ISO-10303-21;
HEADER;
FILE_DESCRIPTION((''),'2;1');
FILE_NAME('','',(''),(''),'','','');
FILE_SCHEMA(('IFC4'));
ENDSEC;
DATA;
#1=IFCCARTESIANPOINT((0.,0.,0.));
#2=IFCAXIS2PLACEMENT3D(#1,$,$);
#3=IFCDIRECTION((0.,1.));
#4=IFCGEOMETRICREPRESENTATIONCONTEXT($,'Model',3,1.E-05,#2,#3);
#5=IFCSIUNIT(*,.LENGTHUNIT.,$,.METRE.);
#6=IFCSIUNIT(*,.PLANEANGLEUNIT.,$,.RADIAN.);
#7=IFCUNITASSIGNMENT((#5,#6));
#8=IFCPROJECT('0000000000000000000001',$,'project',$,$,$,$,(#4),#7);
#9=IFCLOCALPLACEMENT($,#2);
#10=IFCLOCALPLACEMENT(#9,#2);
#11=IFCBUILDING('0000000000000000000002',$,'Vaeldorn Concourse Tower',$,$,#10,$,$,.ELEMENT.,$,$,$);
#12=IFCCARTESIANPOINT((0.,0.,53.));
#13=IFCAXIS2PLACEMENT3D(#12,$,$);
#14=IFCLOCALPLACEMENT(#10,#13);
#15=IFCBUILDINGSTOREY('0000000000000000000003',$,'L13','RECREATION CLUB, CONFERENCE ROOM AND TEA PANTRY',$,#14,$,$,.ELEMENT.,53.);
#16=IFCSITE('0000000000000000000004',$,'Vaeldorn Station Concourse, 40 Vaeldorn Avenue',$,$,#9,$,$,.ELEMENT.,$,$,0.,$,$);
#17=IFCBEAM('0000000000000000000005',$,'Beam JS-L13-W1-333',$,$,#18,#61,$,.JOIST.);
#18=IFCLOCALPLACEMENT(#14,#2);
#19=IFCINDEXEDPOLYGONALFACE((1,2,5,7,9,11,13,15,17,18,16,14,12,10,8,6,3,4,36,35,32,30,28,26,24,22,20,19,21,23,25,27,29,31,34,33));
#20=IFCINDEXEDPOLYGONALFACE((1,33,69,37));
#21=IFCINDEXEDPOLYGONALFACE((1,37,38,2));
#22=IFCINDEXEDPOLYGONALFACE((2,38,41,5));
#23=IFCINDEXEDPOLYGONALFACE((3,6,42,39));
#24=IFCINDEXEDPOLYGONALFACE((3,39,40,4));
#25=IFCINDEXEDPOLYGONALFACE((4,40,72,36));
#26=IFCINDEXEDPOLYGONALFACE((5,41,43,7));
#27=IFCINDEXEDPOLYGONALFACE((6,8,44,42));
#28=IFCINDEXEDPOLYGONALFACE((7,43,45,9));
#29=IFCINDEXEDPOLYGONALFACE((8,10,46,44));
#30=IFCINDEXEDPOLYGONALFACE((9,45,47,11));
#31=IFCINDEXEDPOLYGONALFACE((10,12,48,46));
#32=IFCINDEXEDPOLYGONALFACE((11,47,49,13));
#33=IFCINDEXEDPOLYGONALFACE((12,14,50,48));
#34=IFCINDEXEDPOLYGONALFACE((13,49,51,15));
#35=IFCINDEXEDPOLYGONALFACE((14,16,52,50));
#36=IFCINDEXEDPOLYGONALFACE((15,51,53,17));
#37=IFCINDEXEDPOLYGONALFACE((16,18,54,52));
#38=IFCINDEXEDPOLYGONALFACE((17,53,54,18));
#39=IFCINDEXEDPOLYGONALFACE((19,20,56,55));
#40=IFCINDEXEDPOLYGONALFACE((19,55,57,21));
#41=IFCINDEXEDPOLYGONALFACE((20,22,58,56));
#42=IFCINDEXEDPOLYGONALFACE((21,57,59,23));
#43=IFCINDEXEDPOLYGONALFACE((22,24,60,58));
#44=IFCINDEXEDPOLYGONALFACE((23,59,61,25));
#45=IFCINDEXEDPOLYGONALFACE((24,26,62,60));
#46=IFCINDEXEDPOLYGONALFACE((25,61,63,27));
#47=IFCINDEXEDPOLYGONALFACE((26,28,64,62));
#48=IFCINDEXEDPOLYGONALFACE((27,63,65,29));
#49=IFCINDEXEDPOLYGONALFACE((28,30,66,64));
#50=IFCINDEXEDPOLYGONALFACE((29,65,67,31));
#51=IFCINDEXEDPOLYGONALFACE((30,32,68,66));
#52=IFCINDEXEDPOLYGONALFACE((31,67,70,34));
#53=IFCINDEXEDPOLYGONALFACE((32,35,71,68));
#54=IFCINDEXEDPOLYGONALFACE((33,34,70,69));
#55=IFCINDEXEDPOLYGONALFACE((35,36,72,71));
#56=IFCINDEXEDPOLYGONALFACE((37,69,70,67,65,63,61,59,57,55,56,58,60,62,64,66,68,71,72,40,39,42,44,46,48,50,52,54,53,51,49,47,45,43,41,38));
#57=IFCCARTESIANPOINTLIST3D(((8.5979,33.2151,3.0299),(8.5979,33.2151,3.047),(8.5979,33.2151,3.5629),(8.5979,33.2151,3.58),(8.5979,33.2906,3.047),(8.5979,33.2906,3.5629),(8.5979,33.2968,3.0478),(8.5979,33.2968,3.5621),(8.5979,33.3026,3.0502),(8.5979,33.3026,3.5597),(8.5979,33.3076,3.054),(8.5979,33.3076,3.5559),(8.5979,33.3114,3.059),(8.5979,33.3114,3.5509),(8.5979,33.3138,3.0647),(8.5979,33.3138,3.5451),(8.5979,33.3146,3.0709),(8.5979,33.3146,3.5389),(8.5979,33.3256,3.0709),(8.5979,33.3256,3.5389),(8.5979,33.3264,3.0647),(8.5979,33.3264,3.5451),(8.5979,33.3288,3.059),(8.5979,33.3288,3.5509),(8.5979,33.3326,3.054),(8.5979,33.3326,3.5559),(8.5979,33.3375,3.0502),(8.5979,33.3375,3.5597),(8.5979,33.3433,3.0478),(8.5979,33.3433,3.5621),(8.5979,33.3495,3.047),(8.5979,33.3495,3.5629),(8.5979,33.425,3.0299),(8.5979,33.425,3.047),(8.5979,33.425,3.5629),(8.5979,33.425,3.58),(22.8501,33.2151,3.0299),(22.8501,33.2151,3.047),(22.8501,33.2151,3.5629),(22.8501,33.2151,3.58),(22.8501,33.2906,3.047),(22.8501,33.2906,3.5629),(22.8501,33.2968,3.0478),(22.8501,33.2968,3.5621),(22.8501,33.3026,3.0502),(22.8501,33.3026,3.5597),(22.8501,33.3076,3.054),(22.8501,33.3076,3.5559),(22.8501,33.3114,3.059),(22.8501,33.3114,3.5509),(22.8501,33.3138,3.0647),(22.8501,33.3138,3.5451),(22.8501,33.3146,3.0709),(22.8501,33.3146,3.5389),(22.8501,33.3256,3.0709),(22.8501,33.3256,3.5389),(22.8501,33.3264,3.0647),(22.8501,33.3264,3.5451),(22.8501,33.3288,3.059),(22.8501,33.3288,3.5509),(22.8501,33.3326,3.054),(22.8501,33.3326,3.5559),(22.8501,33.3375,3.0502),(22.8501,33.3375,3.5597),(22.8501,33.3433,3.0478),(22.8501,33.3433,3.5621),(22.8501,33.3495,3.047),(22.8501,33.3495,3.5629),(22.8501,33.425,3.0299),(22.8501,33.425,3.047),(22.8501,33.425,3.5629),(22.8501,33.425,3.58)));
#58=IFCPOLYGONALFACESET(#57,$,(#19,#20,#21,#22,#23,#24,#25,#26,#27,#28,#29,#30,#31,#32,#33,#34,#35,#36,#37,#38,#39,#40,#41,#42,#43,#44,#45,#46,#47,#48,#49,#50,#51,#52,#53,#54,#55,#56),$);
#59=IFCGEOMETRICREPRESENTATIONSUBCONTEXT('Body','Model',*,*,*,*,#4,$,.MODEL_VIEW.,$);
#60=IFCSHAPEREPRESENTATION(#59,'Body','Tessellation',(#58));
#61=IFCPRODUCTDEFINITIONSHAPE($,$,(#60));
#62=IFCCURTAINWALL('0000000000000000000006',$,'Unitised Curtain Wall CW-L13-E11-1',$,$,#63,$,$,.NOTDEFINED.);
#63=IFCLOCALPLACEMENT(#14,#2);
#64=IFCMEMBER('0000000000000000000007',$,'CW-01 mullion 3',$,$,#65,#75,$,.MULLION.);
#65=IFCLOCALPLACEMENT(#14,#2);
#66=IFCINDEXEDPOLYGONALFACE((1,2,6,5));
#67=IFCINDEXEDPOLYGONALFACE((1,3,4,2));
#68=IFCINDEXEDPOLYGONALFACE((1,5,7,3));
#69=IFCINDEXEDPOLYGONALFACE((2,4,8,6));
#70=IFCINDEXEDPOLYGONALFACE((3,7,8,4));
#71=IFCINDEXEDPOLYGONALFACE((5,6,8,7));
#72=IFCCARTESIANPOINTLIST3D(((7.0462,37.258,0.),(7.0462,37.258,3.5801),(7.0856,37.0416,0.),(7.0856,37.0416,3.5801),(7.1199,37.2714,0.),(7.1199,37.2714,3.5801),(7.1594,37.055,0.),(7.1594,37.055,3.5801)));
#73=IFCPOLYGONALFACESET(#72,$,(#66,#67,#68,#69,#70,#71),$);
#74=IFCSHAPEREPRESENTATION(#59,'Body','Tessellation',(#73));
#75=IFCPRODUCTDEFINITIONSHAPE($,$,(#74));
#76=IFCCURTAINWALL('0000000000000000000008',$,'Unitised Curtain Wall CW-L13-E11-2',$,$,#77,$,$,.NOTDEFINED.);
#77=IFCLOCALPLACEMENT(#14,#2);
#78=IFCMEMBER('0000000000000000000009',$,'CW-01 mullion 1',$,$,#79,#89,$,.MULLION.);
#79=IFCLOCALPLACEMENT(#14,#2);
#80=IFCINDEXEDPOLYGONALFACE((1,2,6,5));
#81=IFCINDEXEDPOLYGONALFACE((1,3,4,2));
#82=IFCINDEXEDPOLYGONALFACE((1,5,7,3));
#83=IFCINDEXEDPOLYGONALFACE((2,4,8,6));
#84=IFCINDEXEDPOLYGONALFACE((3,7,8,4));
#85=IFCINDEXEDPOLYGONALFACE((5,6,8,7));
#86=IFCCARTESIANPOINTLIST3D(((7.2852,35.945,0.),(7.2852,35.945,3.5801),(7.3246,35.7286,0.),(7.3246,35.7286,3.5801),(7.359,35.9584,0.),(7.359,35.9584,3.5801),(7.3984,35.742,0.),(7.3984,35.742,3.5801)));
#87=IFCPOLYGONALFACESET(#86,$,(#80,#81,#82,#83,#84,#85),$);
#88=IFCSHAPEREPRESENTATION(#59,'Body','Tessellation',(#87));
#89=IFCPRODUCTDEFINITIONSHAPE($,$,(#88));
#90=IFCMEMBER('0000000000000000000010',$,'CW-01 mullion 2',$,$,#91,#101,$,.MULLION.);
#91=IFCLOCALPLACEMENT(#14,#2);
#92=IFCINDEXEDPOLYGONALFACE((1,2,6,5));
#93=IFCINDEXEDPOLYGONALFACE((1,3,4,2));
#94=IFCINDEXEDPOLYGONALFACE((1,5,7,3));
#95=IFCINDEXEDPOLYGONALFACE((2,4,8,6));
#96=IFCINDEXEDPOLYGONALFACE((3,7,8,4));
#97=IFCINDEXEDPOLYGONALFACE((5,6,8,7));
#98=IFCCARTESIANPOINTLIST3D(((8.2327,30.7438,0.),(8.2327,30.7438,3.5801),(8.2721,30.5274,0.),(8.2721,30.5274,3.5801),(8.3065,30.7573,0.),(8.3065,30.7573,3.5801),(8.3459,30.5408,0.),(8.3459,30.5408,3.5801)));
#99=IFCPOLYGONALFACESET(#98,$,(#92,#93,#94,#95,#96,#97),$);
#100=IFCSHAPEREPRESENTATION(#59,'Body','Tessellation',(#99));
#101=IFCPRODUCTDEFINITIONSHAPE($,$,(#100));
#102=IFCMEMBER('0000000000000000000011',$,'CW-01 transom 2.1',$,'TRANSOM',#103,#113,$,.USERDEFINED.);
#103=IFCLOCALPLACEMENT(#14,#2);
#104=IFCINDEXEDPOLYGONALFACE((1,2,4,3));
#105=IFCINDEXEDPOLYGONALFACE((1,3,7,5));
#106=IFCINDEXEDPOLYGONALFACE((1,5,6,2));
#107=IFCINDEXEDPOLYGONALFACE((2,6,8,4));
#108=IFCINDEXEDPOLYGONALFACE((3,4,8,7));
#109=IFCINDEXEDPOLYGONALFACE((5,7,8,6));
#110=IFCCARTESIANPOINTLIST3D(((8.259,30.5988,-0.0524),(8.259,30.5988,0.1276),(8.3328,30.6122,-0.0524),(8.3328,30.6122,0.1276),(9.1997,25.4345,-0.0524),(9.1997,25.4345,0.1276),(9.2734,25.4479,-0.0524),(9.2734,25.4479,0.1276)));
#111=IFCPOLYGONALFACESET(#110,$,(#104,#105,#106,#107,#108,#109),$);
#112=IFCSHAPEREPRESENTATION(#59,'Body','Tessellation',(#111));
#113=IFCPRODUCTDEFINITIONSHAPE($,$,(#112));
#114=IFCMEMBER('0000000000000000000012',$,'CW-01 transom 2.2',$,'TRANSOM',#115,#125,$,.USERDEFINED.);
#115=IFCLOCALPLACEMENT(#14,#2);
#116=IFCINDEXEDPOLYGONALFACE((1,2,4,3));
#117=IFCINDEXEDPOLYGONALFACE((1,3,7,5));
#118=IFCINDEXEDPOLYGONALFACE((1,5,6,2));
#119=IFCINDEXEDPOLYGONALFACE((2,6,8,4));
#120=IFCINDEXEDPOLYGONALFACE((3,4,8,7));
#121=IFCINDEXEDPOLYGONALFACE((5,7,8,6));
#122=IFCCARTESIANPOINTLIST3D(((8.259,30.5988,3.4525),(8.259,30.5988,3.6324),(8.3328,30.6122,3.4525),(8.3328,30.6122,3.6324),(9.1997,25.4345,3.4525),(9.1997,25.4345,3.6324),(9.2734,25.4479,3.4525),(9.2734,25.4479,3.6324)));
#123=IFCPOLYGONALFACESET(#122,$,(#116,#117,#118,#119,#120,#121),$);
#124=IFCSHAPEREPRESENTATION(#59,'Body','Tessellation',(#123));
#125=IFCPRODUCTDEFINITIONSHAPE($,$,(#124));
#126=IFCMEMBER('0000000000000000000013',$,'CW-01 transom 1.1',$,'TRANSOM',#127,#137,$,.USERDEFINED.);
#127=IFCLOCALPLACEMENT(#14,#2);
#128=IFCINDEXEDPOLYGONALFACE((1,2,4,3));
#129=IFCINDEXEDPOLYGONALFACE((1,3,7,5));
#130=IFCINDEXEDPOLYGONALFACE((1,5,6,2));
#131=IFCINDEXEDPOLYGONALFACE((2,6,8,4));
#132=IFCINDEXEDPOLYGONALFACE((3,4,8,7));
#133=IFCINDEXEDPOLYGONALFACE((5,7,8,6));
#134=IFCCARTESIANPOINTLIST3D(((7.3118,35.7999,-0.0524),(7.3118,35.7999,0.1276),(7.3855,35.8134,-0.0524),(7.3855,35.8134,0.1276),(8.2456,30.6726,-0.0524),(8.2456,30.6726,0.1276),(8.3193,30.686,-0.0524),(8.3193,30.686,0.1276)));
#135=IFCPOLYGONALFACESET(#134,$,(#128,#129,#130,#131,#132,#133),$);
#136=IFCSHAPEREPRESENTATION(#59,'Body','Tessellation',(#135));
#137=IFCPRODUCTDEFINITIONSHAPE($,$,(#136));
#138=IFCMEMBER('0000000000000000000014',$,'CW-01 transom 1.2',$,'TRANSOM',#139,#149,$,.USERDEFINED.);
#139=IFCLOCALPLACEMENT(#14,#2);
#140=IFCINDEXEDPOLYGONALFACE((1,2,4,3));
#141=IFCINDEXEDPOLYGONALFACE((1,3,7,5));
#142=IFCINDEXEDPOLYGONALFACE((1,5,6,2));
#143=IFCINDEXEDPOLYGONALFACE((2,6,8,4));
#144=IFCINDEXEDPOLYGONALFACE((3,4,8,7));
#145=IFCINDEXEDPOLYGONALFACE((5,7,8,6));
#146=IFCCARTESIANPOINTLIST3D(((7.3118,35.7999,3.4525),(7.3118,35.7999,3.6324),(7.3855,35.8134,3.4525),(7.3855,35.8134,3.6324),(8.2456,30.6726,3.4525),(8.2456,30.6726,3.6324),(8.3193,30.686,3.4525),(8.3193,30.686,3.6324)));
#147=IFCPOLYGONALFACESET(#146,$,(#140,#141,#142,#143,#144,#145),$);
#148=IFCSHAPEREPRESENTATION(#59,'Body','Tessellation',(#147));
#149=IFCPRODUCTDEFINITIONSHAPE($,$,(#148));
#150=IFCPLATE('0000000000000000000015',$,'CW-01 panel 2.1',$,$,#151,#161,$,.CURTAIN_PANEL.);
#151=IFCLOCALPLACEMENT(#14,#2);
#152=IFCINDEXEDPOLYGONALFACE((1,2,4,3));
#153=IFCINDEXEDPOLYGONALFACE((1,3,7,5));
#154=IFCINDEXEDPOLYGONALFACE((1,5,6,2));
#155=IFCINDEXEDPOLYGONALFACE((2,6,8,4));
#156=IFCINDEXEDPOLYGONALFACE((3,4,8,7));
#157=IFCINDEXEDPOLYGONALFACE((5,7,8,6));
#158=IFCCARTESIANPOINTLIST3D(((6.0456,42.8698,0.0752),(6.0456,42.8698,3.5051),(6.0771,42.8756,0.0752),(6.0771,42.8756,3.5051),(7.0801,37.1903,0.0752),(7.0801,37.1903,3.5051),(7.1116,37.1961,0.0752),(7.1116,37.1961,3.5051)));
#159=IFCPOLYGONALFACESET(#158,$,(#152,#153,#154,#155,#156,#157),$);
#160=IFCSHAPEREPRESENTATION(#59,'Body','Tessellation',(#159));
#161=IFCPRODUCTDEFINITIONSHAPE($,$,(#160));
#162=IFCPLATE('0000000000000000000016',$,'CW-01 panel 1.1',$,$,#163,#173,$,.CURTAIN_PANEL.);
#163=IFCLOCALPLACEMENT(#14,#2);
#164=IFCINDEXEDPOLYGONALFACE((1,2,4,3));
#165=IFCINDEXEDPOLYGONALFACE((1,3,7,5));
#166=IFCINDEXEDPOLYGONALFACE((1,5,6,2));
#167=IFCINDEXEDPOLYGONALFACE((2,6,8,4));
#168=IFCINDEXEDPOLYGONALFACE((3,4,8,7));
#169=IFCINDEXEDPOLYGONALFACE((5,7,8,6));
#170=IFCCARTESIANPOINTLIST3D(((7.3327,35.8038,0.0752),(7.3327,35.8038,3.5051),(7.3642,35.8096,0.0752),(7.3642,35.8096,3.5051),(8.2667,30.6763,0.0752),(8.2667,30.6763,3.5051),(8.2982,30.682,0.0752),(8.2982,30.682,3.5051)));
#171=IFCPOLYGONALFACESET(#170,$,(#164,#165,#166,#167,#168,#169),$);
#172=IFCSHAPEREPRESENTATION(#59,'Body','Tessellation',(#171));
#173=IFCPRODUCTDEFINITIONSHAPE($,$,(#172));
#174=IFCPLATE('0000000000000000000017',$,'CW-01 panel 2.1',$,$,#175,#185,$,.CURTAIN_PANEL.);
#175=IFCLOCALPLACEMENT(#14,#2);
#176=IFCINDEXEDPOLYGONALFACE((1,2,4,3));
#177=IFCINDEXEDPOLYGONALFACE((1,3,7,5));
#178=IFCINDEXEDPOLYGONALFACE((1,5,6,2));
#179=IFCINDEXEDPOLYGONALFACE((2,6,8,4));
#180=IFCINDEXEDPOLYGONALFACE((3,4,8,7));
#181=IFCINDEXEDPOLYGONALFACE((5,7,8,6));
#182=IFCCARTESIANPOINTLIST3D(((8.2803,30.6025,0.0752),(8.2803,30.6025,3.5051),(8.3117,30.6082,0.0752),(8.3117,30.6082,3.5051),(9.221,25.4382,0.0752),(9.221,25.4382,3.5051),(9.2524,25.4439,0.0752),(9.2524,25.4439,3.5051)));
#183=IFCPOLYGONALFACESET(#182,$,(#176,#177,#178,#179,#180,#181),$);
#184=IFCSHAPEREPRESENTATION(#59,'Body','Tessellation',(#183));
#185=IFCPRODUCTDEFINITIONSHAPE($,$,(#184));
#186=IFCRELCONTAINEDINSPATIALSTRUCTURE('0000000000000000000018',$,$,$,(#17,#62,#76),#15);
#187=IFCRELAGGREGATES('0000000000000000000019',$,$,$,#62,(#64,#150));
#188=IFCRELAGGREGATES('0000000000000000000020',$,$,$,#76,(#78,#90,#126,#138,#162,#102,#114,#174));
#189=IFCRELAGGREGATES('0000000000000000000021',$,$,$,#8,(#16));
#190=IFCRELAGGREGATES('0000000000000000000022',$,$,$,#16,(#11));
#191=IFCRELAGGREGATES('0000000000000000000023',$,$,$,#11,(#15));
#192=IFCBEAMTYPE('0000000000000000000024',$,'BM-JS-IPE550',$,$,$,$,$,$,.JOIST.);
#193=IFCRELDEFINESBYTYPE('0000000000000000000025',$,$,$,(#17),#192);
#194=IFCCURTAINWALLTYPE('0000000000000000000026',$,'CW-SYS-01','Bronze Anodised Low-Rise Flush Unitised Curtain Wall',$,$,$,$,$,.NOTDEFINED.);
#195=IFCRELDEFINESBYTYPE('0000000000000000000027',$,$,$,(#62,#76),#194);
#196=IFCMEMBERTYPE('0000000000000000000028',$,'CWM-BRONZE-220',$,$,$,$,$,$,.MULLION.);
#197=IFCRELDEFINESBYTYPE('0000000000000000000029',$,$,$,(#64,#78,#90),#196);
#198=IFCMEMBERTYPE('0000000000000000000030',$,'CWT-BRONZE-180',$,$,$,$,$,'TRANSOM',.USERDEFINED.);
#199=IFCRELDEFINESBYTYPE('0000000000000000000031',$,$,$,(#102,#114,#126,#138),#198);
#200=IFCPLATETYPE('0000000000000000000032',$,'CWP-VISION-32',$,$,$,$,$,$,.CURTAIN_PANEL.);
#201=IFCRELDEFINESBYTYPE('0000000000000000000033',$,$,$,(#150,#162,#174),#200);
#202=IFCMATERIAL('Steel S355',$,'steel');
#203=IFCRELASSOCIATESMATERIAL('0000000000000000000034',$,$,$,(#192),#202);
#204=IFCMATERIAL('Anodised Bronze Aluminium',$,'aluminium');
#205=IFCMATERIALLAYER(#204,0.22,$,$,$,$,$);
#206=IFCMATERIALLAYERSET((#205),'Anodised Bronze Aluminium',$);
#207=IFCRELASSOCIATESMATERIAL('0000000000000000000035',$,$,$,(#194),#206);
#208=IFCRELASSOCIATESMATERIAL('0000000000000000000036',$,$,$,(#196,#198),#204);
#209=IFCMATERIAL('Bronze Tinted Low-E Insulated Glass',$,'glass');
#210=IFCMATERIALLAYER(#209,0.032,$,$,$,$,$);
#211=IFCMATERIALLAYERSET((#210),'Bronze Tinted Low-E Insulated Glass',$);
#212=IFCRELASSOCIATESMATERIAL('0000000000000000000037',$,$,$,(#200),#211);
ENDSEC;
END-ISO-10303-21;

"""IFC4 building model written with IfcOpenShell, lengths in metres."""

from ifc_helpers import new_model, si_unit, direction, frame, origin, origin_2d, place, context, subcontext, project, spatial, rectangle, i_section, extrude, source, transform, mapped, material, layer, layer_set, material_profile, profile_set, type_object, element, aggregate, save


model = new_model("IFC4")

# Units and contexts
model_context = context("Model", 3, precision=1e-05, world=origin(), true_north=direction((0.0, 1.0)))
body_context = subcontext(model_context, "Body", "Model", "MODEL_VIEW")
ifc_project = project(units=[si_unit("LENGTHUNIT", "METRE"), si_unit("PLANEANGLEUNIT", "RADIAN")], contexts=[model_context])

# Site, building, storey
site_placement = place(None, origin())
site = spatial("IfcSite", under=ifc_project, at=site_placement, Name="Vaeldorn Station Concourse, 40 Vaeldorn Avenue", CompositionType="ELEMENT", RefElevation=0.0)
building_placement = place(site_placement, origin())
building = spatial("IfcBuilding", under=site, at=building_placement, Name="Vaeldorn Concourse Tower", CompositionType="ELEMENT")
storey_placement = place(building_placement, frame((0.0, 0.0, 53.0)))
storey = spatial("IfcBuildingStorey", under=building, at=storey_placement, Name="L13", Description="RECREATION CLUB, CONFERENCE ROOM AND TEA PANTRY", CompositionType="ELEMENT", Elevation=53.0)

# Beam
ifc_material_1 = material(Name="Steel S355", Category="steel")
ifc_material_profile_1 = material_profile(ifc_material_1, i_section(OverallWidth=0.21, OverallDepth=0.55, WebThickness=0.011, FlangeThickness=0.0171, FilletRadius=0.0239, at=origin_2d()), Name="IPE 550")
ifc_profile_set_1 = profile_set([ifc_material_profile_1], Name="Steel S355")
beam_type_1 = type_object("IfcBeamType", Name="BM-JS-IPE550", PredefinedType="JOIST", material=ifc_profile_set_1)
shared_shape_1 = source(origin(), body_context, "Body", "SweptSolid", [
    extrude(i_section(OverallWidth=0.21, OverallDepth=0.55, WebThickness=0.011, FlangeThickness=0.0171, FilletRadius=0.0239, at=origin_2d()), origin(), (0.0, 0.0, 1.0), 14.2522),
])
beam_1_placement = place(storey_placement, frame((8.5979, 33.3201, 3.3049), z_axis=(1.0, 0.0, 0.0), x_axis=(0.0, 1.0, 0.0)))
element("IfcBeam", 1, at=beam_1_placement, inside=storey, type_object=beam_type_1, Name="Beam JS-L13-W1-333", PredefinedType="JOIST", context=body_context, shape_type="MappedRepresentation", body=[
    mapped(shared_shape_1, transform((0.0, 0.0, 0.0), scale=1.0)),
])

# Curtain wall, member
ifc_material_2 = material(Name="Anodised Bronze Aluminium", Category="aluminium")
ifc_layer_1 = layer(ifc_material_2, 0.22)
ifc_layer_set_1 = layer_set([ifc_layer_1], Name="Anodised Bronze Aluminium")
curtain_wall_type = type_object("IfcCurtainWallType", Name="CW-SYS-01", Description="Bronze Anodised Low-Rise Flush Unitised Curtain Wall", PredefinedType="NOTDEFINED", material=ifc_layer_set_1)
curtain_wall_1_placement = place(storey_placement, origin())
curtain_wall_1 = element("IfcCurtainWall", 2, at=curtain_wall_1_placement, inside=storey, type_object=curtain_wall_type, Name="Unitised Curtain Wall CW-L13-E11-1", PredefinedType="NOTDEFINED")
ifc_material_profile_2 = material_profile(ifc_material_2, rectangle(XDim=0.075, YDim=0.22, at=origin_2d()), Name="CWM 75x220")
ifc_profile_set_2 = profile_set([ifc_material_profile_2], Name="Anodised Bronze Aluminium")
member_type_1 = type_object("IfcMemberType", Name="CWM-BRONZE-220", PredefinedType="MULLION", material=ifc_profile_set_2)
shared_shape_2 = source(origin(), body_context, "Body", "SweptSolid", [
    extrude(rectangle(XDim=0.075, YDim=0.22, at=origin_2d()), origin(), (0.0, 0.0, 1.0), 3.5801),
])
member_1_placement = place(storey_placement, frame((7.1028, 37.1565, 0.0), z_axis=(0.0, 0.0, 1.0), x_axis=(0.983812, 0.179202, 0.0)))
member_1 = element("IfcMember", 3, at=member_1_placement, type_object=member_type_1, Name="CW-01 mullion 3", PredefinedType="MULLION", context=body_context, shape_type="MappedRepresentation", body=[
    mapped(shared_shape_2, transform((0.0, 0.0, 0.0), scale=1.0)),
])

# Curtain wall, members
curtain_wall_2_placement = place(storey_placement, origin())
curtain_wall_2 = element("IfcCurtainWall", 4, at=curtain_wall_2_placement, inside=storey, type_object=curtain_wall_type, Name="Unitised Curtain Wall CW-L13-E11-2", PredefinedType="NOTDEFINED")
member_2_placement = place(storey_placement, frame((7.3418, 35.8435, 0.0), z_axis=(0.0, 0.0, 1.0), x_axis=(0.983812, 0.179206, 0.0)))
member_2 = element("IfcMember", 5, at=member_2_placement, type_object=member_type_1, Name="CW-01 mullion 1", PredefinedType="MULLION", context=body_context, shape_type="MappedRepresentation", body=[
    mapped(shared_shape_2, transform((0.0, 0.0, 0.0), scale=1.0)),
])
member_3_placement = place(storey_placement, frame((8.2893, 30.6423, 0.0), z_axis=(0.0, 0.0, 1.0), x_axis=(0.983812, 0.179206, 0.0)))
member_3 = element("IfcMember", 6, at=member_3_placement, type_object=member_type_1, Name="CW-01 mullion 2", PredefinedType="MULLION", context=body_context, shape_type="MappedRepresentation", body=[
    mapped(shared_shape_2, transform((0.0, 0.0, 0.0), scale=1.0)),
])
ifc_material_profile_3 = material_profile(ifc_material_2, rectangle(XDim=0.075, YDim=0.1799, at=origin_2d()), Name="CWT 75x180")
ifc_profile_set_3 = profile_set([ifc_material_profile_3], Name="Anodised Bronze Aluminium")
member_type_2 = type_object("IfcMemberType", Name="CWT-BRONZE-180", ElementType="TRANSOM", PredefinedType="USERDEFINED", material=ifc_profile_set_3)
shared_shape_3 = source(origin(), body_context, "Body", "SweptSolid", [
    extrude(rectangle(XDim=0.075, YDim=0.1799, at=origin_2d()), origin(), (0.0, 0.0, 1.0), 5.2493),
])
member_4_placement = place(storey_placement, frame((8.2959, 30.6055, 0.0376), z_axis=(0.179201, -0.983813, 0.0), x_axis=(0.983813, 0.179201, 0.0)))
member_4 = element("IfcMember", 7, at=member_4_placement, type_object=member_type_2, Name="CW-01 transom 2.1", ObjectType="TRANSOM", PredefinedType="USERDEFINED", context=body_context, shape_type="MappedRepresentation", body=[
    mapped(shared_shape_3, transform((0.0, 0.0, 0.0), scale=1.0)),
])
member_5_placement = place(storey_placement, frame((8.2959, 30.6055, 3.5425), z_axis=(0.179201, -0.983813, 0.0), x_axis=(0.983813, 0.179201, 0.0)))
member_5 = element("IfcMember", 8, at=member_5_placement, type_object=member_type_2, Name="CW-01 transom 2.2", ObjectType="TRANSOM", PredefinedType="USERDEFINED", context=body_context, shape_type="MappedRepresentation", body=[
    mapped(shared_shape_3, transform((0.0, 0.0, 0.0), scale=1.0)),
])
shared_shape_4 = source(origin(), body_context, "Body", "SweptSolid", [
    extrude(rectangle(XDim=0.075, YDim=0.1799, at=origin_2d()), origin(), (0.0, 0.0, 1.0), 5.2117),
])
member_6_placement = place(storey_placement, frame((7.3486, 35.8066, 0.0376), z_axis=(0.179178, -0.983817, 0.0), x_axis=(0.983817, 0.179178, 0.0)))
member_6 = element("IfcMember", 9, at=member_6_placement, type_object=member_type_2, Name="CW-01 transom 1.1", ObjectType="TRANSOM", PredefinedType="USERDEFINED", context=body_context, shape_type="MappedRepresentation", body=[
    mapped(shared_shape_4, transform((0.0, 0.0, 0.0), scale=1.0)),
])
member_7_placement = place(storey_placement, frame((7.3486, 35.8066, 3.5425), z_axis=(0.179178, -0.983817, 0.0), x_axis=(0.983817, 0.179178, 0.0)))
member_7 = element("IfcMember", 10, at=member_7_placement, type_object=member_type_2, Name="CW-01 transom 1.2", ObjectType="TRANSOM", PredefinedType="USERDEFINED", context=body_context, shape_type="MappedRepresentation", body=[
    mapped(shared_shape_4, transform((0.0, 0.0, 0.0), scale=1.0)),
])

# Plates
ifc_material_3 = material(Name="Bronze Tinted Low-E Insulated Glass", Category="glass")
ifc_layer_2 = layer(ifc_material_3, 0.032)
ifc_layer_set_2 = layer_set([ifc_layer_2], Name="Bronze Tinted Low-E Insulated Glass")
plate_type = type_object("IfcPlateType", Name="CWP-VISION-32", PredefinedType="CURTAIN_PANEL", material=ifc_layer_set_2)
shared_shape_5 = source(origin(), body_context, "Body", "SweptSolid", [
    extrude(rectangle(XDim=5.7729, YDim=0.032, at=origin_2d()), origin(), (0.0, 0.0, 1.0), 3.4299),
])
plate_1_placement = place(storey_placement, frame((6.5786, 40.033, 0.0752), z_axis=(0.0, 0.0, 1.0), x_axis=(0.179202, -0.983812, 0.0)))
plate_1 = element("IfcPlate", 11, at=plate_1_placement, type_object=plate_type, Name="CW-01 panel 2.1", PredefinedType="CURTAIN_PANEL", context=body_context, shape_type="MappedRepresentation", body=[
    mapped(shared_shape_5, transform((0.0, 0.0, 0.0), scale=1.0)),
])
aggregate(curtain_wall_1, [member_1, plate_1])
shared_shape_6 = source(origin(), body_context, "Body", "SweptSolid", [
    extrude(rectangle(XDim=5.2119, YDim=0.032, at=origin_2d()), origin(), (0.0, 0.0, 1.0), 3.4299),
])
plate_2_placement = place(storey_placement, frame((7.8154, 33.2429, 0.0752), z_axis=(0.0, 0.0, 1.0), x_axis=(0.179206, -0.983812, 0.0)))
plate_2 = element("IfcPlate", 12, at=plate_2_placement, type_object=plate_type, Name="CW-01 panel 1.1", PredefinedType="CURTAIN_PANEL", context=body_context, shape_type="MappedRepresentation", body=[
    mapped(shared_shape_6, transform((0.0, 0.0, 0.0), scale=1.0)),
])
shared_shape_7 = source(origin(), body_context, "Body", "SweptSolid", [
    extrude(rectangle(XDim=5.2493, YDim=0.032, at=origin_2d()), origin(), (0.0, 0.0, 1.0), 3.4299),
])
plate_3_placement = place(storey_placement, frame((8.7664, 28.0232, 0.0752), z_axis=(0.0, 0.0, 1.0), x_axis=(0.179206, -0.983812, 0.0)))
plate_3 = element("IfcPlate", 13, at=plate_3_placement, type_object=plate_type, Name="CW-01 panel 2.1", PredefinedType="CURTAIN_PANEL", context=body_context, shape_type="MappedRepresentation", body=[
    mapped(shared_shape_7, transform((0.0, 0.0, 0.0), scale=1.0)),
])
aggregate(curtain_wall_2, [member_2, member_3, member_6, member_7, plate_2, member_4, member_5, plate_3])

save(model, "model.ifc")
